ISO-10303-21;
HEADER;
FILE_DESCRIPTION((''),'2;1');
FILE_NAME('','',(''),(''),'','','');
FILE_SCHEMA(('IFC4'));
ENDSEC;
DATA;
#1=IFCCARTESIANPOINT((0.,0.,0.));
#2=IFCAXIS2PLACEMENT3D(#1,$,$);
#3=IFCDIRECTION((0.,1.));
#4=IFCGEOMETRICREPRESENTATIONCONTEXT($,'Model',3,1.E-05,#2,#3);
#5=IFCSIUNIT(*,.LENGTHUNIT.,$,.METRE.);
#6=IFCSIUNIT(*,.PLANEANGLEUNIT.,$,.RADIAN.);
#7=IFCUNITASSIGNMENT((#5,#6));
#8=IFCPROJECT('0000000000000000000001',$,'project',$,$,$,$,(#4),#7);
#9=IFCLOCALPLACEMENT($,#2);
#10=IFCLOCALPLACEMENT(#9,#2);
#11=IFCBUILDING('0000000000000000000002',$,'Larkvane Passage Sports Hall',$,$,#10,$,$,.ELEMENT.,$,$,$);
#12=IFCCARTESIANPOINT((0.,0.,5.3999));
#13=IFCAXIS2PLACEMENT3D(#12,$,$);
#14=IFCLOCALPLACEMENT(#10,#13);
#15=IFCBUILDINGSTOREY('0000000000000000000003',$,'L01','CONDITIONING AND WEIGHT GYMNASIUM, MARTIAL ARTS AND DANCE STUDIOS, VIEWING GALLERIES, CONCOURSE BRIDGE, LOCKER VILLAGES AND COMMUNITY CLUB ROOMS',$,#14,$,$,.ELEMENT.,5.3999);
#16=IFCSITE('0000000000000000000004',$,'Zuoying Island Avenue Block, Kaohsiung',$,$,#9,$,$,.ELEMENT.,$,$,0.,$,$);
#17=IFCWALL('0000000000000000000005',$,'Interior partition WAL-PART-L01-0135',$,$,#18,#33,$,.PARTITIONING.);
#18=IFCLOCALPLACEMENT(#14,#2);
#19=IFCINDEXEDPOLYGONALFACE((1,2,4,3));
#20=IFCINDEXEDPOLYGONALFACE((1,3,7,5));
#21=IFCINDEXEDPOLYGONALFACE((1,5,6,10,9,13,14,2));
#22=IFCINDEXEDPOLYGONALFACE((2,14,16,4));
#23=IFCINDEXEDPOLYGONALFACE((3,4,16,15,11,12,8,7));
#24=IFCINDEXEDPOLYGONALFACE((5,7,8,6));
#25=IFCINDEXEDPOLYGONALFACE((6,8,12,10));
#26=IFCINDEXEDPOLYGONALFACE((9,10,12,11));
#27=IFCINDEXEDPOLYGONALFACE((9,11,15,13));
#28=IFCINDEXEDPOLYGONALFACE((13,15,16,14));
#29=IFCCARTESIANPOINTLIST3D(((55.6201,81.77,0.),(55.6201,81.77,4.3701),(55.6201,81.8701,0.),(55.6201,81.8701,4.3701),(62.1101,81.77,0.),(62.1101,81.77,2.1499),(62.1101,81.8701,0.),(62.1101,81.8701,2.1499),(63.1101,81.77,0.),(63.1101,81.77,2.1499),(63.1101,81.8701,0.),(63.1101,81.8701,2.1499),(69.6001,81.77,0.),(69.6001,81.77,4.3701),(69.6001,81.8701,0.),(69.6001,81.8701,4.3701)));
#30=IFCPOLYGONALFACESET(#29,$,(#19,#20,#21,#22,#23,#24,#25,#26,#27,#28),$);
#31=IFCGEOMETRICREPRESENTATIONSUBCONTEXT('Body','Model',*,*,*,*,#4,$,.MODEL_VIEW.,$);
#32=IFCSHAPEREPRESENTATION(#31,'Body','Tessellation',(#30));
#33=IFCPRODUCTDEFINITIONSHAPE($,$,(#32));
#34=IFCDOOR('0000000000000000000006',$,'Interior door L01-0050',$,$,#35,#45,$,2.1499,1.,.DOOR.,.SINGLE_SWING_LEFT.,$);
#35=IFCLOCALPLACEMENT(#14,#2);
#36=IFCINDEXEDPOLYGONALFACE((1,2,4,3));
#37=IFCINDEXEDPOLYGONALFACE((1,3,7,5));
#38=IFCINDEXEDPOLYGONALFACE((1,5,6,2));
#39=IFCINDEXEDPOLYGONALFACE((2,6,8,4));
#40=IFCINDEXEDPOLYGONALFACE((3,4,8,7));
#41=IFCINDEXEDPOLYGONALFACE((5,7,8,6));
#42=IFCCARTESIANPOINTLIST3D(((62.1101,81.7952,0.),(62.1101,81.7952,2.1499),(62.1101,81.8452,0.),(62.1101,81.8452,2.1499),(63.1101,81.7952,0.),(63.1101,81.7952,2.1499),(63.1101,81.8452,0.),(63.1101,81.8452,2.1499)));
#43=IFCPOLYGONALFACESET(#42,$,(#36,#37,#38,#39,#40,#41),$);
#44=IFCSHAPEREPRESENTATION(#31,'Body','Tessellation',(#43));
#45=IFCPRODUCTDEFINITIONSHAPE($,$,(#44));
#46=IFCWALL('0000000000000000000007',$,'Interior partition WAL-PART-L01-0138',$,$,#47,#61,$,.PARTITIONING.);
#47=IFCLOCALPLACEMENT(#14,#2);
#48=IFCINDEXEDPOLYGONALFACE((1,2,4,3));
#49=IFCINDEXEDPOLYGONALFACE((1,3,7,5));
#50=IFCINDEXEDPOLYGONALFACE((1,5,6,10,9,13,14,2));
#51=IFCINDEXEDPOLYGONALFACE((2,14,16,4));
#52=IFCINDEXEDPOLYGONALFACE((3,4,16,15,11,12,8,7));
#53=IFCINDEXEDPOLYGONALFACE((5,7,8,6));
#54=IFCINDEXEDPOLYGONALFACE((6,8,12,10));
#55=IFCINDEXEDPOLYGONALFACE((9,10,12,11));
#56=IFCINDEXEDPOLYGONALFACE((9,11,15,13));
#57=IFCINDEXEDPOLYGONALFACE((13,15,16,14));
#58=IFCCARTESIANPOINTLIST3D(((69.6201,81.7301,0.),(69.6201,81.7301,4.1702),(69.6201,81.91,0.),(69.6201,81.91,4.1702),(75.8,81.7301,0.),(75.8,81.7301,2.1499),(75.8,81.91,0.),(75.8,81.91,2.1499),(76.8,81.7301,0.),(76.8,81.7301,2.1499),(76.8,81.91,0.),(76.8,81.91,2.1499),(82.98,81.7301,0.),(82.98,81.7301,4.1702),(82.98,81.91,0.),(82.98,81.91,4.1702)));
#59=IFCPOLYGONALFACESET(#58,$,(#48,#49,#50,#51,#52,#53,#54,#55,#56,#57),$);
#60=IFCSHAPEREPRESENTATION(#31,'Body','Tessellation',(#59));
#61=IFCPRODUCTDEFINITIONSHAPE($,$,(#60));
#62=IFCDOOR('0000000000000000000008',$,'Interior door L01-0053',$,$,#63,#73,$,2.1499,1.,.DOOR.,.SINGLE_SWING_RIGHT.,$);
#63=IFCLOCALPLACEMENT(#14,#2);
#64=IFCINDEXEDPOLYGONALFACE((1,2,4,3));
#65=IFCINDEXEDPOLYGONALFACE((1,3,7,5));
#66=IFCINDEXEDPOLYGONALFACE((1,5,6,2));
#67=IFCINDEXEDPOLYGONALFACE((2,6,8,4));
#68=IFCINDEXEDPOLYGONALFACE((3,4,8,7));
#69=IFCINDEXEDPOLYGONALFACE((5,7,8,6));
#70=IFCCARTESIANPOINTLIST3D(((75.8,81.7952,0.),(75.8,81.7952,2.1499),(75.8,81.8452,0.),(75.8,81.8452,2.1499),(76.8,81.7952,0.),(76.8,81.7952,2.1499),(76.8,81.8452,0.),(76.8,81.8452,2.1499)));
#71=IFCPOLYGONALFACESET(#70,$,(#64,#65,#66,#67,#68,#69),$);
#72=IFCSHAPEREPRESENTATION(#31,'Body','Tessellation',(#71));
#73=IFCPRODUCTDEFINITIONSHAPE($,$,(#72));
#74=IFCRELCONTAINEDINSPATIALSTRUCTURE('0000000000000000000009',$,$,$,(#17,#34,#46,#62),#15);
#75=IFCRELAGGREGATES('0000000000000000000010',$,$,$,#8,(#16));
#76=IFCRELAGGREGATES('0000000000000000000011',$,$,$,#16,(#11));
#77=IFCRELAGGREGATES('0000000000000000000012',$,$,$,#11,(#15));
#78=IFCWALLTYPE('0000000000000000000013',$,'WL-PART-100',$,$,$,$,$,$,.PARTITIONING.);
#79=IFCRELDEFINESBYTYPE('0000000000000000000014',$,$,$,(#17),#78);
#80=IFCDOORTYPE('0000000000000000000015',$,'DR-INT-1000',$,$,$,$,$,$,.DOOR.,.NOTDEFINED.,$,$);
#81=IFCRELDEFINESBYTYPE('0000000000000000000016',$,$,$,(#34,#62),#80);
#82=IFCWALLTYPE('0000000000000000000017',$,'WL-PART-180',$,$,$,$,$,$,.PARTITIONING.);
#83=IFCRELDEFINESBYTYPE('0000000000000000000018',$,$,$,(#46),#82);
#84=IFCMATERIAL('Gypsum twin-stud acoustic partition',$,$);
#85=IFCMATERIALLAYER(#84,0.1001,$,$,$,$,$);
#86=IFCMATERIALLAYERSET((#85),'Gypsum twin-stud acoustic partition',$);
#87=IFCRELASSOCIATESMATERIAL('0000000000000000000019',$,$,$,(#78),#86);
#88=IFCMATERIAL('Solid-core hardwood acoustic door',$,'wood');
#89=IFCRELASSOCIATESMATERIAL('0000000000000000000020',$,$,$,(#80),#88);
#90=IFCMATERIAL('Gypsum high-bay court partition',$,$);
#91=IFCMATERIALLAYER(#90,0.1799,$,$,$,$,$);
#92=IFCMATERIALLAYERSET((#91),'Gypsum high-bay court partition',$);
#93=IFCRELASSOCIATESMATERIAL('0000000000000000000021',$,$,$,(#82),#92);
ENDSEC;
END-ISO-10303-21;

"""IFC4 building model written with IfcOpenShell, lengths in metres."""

from ifc_helpers import new_model, si_unit, direction, frame, frame_2d, origin, place, context, subcontext, project, spatial, rectangle, extrude, material, layer, layer_set, type_object, element, fill, save


model = new_model("IFC4")

# Units and contexts
model_context = context("Model", 3, precision=1e-05, world=origin(), true_north=direction((0.0, 1.0)))
body_context = subcontext(model_context, "Body", "Model", "MODEL_VIEW")
ifc_project = project(units=[si_unit("LENGTHUNIT", "METRE"), si_unit("PLANEANGLEUNIT", "RADIAN")], contexts=[model_context])

# Site, building, storey
site_placement = place(None, origin())
site = spatial("IfcSite", under=ifc_project, at=site_placement, Name="Zuoying Island Avenue Block, Kaohsiung", CompositionType="ELEMENT", RefElevation=0.0)
building_placement = place(site_placement, origin())
building = spatial("IfcBuilding", under=site, at=building_placement, Name="Larkvane Passage Sports Hall", CompositionType="ELEMENT")
storey_placement = place(building_placement, frame((0.0, 0.0, 5.3999)))
storey = spatial("IfcBuildingStorey", under=building, at=storey_placement, Name="L01", Description="CONDITIONING AND WEIGHT GYMNASIUM, MARTIAL ARTS AND DANCE STUDIOS, VIEWING GALLERIES, CONCOURSE BRIDGE, LOCKER VILLAGES AND COMMUNITY CLUB ROOMS", CompositionType="ELEMENT", Elevation=5.3999)

# Walls, openings, doors
ifc_material_1 = material(Name="Gypsum twin-stud acoustic partition")
ifc_layer_1 = layer(ifc_material_1, 0.1001)
ifc_layer_set_1 = layer_set([ifc_layer_1], Name="Gypsum twin-stud acoustic partition")
wall_type_1 = type_object("IfcWallType", Name="WL-PART-100", PredefinedType="PARTITIONING", material=ifc_layer_set_1)
wall_1_placement = place(storey_placement, frame((69.6001, 81.8201, 0.0), z_axis=(0.0, 0.0, 1.0), x_axis=(-1.0, 0.0, 0.0)))
wall_1 = element("IfcWall", 1, at=wall_1_placement, inside=storey, type_object=wall_type_1, Name="Interior partition WAL-PART-L01-0135", PredefinedType="PARTITIONING", context=body_context, shape_type="SweptSolid", body=[
    extrude(rectangle(XDim=13.98, YDim=0.1001, at=frame_2d((6.99, 0.0))), origin(), (0.0, 0.0, 1.0), 4.3701),
])
opening_1_placement = place(wall_1_placement, frame((6.49, 0.0, 0.0)))
opening_1 = element("IfcOpeningElement", 2, at=opening_1_placement, cuts=wall_1, PredefinedType="OPENING", context=body_context, shape_type="SweptSolid", body=[
    extrude(rectangle(XDim=1.0, YDim=2.1499, at=frame_2d((0.5, 1.075))), frame((0.0, 0.0601, 0.0), z_axis=(0.0, -1.0, 0.0), x_axis=(1.0, 0.0, 0.0)), (0.0, 0.0, 1.0), 0.1201),
])
ifc_material_2 = material(Name="Solid-core hardwood acoustic door", Category="wood")
door_type_1 = type_object("IfcDoorType", Name="DR-INT-1000", OperationType="NOTDEFINED", PredefinedType="DOOR", material=ifc_material_2)
door_1_placement = place(opening_1_placement, origin())
door_1 = element("IfcDoor", 3, at=door_1_placement, inside=storey, type_object=door_type_1, Name="Interior door L01-0050", OperationType="SINGLE_SWING_LEFT", OverallHeight=2.1499, OverallWidth=1.0, PredefinedType="DOOR", context=body_context, shape_type="SweptSolid", body=[
    extrude(rectangle(XDim=1.0, YDim=2.1499, at=frame_2d((0.5, 1.075))), frame((0.0, 0.0249, 0.0), z_axis=(0.0, -1.0, 0.0), x_axis=(1.0, 0.0, 0.0)), (0.0, 0.0, 1.0), 0.05),
])
fill(opening_1, door_1)
ifc_material_3 = material(Name="Gypsum high-bay court partition")
ifc_layer_2 = layer(ifc_material_3, 0.1799)
ifc_layer_set_2 = layer_set([ifc_layer_2], Name="Gypsum high-bay court partition")
wall_type_2 = type_object("IfcWallType", Name="WL-PART-180", PredefinedType="PARTITIONING", material=ifc_layer_set_2)
wall_2_placement = place(storey_placement, frame((82.98, 81.8201, 0.0), z_axis=(0.0, 0.0, 1.0), x_axis=(-1.0, 0.0, 0.0)))
wall_2 = element("IfcWall", 4, at=wall_2_placement, inside=storey, type_object=wall_type_2, Name="Interior partition WAL-PART-L01-0138", PredefinedType="PARTITIONING", context=body_context, shape_type="SweptSolid", body=[
    extrude(rectangle(XDim=13.3599, YDim=0.1799, at=frame_2d((6.6799, 0.0))), origin(), (0.0, 0.0, 1.0), 4.1702),
])
opening_2_placement = place(wall_2_placement, frame((6.1799, 0.0, 0.0)))
opening_2 = element("IfcOpeningElement", 5, at=opening_2_placement, cuts=wall_2, PredefinedType="OPENING", context=body_context, shape_type="SweptSolid", body=[
    extrude(rectangle(XDim=1.0, YDim=2.1499, at=frame_2d((0.5, 1.075))), frame((0.0, 0.0999, 0.0), z_axis=(0.0, -1.0, 0.0), x_axis=(1.0, 0.0, 0.0)), (0.0, 0.0, 1.0), 0.2),
])
door_2_placement = place(opening_2_placement, origin())
door_2 = element("IfcDoor", 6, at=door_2_placement, inside=storey, type_object=door_type_1, Name="Interior door L01-0053", OperationType="SINGLE_SWING_RIGHT", OverallHeight=2.1499, OverallWidth=1.0, PredefinedType="DOOR", context=body_context, shape_type="SweptSolid", body=[
    extrude(rectangle(XDim=1.0, YDim=2.1499, at=frame_2d((0.5, 1.075))), frame((0.0, 0.0249, 0.0), z_axis=(0.0, -1.0, 0.0), x_axis=(1.0, 0.0, 0.0)), (0.0, 0.0, 1.0), 0.05),
])
fill(opening_2, door_2)

save(model, "model.ifc")
